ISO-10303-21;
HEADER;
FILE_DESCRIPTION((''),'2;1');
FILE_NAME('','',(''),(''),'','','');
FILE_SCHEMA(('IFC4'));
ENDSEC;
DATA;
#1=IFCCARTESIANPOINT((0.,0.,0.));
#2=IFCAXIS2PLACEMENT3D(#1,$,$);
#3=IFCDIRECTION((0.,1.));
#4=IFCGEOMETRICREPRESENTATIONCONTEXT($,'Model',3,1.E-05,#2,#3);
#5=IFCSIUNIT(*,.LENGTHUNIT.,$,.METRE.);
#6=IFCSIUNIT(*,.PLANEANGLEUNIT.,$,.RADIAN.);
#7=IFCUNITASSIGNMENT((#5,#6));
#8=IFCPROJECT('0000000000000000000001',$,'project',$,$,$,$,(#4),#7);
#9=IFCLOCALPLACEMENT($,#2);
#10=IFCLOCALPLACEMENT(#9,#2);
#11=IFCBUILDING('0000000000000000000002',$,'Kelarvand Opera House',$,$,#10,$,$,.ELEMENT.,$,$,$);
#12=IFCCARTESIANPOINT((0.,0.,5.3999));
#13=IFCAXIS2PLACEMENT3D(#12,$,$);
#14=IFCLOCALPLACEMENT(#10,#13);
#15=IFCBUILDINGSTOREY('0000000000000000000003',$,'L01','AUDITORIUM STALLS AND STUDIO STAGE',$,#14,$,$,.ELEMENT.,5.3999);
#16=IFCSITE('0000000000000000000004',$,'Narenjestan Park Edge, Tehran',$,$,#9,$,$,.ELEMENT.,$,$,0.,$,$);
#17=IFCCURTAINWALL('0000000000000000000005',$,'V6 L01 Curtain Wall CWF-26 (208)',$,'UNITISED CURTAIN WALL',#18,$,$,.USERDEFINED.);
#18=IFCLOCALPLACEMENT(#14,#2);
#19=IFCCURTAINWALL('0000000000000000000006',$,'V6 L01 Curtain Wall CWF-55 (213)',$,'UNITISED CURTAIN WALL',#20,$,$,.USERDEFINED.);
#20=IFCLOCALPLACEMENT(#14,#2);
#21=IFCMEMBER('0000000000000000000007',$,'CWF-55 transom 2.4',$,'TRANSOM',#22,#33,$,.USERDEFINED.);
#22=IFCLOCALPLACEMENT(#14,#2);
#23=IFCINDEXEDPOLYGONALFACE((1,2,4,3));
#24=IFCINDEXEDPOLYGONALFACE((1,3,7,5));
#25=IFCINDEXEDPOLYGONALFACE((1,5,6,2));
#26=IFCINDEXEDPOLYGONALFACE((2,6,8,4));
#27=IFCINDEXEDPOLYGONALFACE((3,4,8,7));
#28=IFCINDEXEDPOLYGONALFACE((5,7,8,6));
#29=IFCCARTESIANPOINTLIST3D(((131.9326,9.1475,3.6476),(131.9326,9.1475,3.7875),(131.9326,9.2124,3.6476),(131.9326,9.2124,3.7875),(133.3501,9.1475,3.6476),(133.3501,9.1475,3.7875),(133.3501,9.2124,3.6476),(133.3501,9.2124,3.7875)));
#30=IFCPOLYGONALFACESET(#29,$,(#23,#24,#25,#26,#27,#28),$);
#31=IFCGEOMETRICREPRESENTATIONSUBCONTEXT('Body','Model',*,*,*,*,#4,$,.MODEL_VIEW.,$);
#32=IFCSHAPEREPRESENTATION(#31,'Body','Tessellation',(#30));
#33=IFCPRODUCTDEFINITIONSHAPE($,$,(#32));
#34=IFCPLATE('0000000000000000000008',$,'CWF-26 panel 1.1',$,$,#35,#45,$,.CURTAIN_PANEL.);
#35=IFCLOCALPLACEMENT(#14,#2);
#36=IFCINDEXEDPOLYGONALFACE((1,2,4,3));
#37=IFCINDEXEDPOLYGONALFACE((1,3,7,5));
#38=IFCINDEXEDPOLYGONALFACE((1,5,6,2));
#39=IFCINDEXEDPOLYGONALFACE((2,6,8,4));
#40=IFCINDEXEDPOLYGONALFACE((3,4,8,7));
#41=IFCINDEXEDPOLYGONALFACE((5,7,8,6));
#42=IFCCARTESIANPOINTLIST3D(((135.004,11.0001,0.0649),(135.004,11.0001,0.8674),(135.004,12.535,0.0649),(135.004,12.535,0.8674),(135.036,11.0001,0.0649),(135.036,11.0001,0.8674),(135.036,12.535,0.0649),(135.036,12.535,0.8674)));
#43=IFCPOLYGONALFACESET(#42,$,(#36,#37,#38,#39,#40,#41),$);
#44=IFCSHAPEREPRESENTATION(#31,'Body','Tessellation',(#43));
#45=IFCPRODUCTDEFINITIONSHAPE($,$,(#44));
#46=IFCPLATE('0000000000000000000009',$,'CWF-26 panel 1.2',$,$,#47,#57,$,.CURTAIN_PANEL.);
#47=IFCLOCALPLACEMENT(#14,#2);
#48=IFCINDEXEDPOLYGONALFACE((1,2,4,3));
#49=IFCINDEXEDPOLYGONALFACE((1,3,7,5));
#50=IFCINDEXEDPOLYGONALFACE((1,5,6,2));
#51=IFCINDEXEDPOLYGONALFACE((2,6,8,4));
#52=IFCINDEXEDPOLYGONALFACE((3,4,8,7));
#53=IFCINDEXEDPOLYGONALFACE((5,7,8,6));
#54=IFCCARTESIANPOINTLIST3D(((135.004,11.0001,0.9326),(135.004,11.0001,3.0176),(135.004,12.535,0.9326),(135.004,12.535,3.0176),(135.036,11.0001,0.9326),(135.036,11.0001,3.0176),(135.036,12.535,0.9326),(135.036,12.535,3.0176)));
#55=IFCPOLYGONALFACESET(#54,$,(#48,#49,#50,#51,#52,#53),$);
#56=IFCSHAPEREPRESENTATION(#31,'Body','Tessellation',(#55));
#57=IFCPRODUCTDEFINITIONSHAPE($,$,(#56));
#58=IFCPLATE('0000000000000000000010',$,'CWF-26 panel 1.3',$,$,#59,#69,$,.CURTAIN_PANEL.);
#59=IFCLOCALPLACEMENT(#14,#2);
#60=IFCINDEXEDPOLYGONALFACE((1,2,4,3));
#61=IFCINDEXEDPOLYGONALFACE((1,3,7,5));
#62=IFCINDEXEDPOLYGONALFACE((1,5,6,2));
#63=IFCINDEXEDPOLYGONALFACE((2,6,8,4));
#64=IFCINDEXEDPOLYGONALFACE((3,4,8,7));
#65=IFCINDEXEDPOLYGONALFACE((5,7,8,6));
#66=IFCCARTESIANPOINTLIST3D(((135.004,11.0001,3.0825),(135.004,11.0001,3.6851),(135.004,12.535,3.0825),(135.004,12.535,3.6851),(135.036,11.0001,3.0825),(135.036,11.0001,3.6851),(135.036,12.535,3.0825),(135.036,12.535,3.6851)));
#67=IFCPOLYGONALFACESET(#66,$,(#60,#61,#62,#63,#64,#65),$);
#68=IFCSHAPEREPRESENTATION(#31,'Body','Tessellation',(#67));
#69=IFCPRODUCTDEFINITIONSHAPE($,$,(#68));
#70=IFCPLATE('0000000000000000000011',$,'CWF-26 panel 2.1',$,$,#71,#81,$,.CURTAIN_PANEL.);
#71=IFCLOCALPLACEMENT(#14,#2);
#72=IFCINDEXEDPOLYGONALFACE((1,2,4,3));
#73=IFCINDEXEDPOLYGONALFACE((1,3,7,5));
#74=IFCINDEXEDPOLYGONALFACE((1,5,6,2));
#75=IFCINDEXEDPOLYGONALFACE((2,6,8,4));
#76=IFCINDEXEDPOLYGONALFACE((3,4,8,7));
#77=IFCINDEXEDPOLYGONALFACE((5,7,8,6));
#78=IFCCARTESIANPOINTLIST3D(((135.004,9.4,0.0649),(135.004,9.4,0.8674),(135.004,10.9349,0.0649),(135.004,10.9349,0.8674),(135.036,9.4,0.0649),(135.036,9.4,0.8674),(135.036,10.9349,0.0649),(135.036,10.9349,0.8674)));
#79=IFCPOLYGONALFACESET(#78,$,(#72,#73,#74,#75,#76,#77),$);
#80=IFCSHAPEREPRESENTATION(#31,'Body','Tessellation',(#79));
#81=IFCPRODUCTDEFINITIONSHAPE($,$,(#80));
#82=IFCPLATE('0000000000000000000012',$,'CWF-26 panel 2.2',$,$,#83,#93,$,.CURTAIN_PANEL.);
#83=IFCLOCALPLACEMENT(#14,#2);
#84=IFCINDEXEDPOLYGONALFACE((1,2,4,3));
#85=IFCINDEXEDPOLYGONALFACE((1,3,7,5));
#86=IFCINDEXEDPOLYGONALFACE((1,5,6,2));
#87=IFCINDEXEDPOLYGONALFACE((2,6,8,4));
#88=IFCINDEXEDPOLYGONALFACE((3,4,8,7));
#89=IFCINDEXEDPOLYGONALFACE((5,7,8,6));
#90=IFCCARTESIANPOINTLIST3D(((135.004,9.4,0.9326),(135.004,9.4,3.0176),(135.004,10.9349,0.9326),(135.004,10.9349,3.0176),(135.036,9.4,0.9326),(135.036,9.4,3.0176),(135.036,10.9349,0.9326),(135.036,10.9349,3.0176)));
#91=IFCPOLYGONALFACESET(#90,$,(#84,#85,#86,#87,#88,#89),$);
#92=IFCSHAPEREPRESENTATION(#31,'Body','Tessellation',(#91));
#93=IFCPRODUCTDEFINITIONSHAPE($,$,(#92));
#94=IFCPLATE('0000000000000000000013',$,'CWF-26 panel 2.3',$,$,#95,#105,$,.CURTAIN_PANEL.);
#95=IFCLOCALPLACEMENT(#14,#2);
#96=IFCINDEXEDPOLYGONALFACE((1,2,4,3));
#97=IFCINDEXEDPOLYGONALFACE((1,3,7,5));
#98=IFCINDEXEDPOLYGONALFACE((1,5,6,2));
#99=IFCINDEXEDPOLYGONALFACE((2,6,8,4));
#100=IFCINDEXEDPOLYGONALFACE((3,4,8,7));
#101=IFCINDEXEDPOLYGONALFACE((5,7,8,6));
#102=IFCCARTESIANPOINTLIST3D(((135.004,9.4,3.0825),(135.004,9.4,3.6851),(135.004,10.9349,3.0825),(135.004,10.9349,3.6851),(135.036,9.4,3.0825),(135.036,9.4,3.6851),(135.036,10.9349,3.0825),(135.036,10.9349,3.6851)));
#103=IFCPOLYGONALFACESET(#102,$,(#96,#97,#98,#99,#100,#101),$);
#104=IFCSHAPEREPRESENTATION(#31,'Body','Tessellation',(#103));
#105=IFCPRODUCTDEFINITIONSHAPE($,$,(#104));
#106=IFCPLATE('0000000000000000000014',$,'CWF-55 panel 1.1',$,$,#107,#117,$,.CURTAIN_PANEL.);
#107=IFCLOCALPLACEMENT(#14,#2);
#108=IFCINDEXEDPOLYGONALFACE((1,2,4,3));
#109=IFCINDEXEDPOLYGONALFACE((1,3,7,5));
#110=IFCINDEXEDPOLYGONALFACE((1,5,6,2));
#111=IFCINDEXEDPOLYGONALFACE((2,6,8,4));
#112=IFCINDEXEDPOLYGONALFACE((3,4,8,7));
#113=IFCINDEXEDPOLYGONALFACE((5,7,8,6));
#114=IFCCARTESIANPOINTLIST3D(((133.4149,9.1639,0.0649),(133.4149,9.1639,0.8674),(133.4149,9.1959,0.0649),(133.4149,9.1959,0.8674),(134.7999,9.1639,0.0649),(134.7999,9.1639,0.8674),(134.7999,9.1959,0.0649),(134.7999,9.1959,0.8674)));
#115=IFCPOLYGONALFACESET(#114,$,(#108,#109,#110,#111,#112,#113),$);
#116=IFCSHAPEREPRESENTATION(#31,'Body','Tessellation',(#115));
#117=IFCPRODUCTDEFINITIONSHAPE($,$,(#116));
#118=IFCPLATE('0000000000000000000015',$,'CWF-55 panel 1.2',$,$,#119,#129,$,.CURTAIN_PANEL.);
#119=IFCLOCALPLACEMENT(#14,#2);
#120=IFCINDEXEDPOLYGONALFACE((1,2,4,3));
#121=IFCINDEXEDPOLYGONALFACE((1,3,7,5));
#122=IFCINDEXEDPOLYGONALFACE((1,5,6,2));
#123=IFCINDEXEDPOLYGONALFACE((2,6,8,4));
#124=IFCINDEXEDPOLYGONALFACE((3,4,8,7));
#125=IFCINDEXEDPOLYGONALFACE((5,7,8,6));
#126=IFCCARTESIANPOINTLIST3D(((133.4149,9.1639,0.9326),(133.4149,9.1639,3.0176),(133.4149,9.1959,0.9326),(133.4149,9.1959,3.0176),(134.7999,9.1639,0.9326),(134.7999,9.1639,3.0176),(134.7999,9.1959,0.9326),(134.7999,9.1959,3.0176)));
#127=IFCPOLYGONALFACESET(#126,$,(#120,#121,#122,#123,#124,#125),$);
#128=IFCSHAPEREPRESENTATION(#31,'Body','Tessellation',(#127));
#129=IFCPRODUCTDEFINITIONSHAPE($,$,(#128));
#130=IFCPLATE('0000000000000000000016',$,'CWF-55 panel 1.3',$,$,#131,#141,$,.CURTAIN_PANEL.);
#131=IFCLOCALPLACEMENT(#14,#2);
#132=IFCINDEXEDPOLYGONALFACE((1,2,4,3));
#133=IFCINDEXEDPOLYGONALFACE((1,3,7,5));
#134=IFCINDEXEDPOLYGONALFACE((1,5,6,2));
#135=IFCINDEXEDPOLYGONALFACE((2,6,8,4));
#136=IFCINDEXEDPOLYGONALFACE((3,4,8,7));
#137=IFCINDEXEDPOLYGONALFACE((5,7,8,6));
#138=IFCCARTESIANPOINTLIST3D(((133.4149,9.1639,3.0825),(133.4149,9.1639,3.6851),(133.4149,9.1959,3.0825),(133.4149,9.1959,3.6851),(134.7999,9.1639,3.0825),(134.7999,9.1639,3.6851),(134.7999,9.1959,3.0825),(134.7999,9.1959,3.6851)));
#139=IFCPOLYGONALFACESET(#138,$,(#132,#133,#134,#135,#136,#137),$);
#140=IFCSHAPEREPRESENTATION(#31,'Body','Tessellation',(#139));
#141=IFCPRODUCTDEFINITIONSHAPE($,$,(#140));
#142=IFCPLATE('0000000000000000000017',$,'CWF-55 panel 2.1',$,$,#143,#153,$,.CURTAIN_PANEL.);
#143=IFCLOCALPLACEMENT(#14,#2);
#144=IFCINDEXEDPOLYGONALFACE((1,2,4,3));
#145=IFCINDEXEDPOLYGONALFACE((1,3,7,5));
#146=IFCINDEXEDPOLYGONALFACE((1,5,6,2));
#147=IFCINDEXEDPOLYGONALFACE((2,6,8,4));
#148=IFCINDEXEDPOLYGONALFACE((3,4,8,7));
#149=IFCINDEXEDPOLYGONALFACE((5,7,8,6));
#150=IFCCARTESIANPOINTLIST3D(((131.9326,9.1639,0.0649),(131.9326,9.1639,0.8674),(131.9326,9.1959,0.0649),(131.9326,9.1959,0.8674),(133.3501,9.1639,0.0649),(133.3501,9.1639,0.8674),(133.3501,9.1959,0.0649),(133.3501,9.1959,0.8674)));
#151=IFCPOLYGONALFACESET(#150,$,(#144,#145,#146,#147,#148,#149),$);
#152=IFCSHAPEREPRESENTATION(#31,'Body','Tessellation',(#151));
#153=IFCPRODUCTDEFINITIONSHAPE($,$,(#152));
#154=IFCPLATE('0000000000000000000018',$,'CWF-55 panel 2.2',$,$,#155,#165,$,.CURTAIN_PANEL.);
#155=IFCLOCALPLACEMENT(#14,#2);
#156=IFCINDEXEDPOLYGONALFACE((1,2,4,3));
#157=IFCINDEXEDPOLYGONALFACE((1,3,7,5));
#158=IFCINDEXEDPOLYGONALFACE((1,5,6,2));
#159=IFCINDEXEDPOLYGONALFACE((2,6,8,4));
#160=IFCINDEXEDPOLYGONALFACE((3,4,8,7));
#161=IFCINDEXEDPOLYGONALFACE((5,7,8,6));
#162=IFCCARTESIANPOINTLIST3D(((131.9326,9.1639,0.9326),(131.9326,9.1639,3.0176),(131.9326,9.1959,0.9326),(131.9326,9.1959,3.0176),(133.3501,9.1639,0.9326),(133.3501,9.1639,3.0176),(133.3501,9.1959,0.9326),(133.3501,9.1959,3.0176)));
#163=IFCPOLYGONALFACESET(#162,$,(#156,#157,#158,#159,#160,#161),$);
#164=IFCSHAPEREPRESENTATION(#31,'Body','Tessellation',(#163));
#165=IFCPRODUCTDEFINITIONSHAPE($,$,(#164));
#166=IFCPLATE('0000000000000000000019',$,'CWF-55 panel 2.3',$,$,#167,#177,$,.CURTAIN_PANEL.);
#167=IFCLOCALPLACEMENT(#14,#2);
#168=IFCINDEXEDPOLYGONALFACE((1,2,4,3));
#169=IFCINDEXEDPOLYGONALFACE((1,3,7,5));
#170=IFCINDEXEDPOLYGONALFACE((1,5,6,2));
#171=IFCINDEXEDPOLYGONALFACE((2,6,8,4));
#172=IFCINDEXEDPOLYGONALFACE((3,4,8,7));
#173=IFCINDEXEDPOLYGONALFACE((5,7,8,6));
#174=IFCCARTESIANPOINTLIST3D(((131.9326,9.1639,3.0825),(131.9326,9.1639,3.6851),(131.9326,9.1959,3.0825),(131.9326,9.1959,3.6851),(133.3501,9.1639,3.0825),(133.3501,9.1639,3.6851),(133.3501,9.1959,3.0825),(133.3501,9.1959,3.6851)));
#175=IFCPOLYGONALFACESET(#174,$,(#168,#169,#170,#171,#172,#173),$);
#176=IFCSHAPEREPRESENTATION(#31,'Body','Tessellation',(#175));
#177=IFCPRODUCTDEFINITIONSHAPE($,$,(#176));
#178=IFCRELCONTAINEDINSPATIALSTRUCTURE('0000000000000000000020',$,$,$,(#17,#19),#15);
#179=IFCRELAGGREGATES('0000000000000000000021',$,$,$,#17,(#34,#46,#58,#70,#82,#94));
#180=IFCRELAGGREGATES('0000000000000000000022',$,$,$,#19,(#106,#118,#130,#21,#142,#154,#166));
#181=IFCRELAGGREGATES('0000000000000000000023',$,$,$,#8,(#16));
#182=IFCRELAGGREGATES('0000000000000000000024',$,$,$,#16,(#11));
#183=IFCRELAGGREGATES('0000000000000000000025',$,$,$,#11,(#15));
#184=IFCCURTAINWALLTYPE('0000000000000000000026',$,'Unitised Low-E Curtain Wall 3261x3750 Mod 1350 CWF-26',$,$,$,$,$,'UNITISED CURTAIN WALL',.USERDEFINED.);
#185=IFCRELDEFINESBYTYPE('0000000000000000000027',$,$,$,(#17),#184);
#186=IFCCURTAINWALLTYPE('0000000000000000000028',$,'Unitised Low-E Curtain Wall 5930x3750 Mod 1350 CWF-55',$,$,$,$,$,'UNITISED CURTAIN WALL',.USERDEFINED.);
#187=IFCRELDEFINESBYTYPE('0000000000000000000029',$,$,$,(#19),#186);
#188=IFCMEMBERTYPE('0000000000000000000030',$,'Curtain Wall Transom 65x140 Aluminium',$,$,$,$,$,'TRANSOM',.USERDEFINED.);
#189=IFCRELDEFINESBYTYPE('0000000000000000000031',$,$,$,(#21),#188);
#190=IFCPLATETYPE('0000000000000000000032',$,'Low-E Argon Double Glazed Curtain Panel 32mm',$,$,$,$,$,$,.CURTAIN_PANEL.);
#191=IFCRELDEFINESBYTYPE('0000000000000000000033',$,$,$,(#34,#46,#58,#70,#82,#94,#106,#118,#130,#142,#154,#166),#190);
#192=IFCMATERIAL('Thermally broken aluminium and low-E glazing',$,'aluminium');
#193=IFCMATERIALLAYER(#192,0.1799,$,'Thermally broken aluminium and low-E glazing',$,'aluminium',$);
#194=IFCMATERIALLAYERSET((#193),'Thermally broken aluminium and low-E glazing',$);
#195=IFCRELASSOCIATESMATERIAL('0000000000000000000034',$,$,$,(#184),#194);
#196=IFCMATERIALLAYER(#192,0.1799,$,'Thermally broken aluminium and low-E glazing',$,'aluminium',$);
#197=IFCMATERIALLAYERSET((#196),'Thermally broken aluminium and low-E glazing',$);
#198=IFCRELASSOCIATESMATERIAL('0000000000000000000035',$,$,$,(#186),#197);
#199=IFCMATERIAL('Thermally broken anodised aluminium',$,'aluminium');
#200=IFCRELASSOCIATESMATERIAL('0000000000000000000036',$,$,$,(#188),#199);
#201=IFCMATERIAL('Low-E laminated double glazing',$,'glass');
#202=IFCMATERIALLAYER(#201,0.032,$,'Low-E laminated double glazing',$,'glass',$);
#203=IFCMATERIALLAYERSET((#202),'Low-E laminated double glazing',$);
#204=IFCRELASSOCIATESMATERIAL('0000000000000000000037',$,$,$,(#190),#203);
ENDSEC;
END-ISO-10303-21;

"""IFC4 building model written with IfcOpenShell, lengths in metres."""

from ifc_helpers import new_model, si_unit, direction, frame, origin, origin_2d, place, context, subcontext, project, spatial, rectangle, extrude, material, layer, layer_set, material_profile, profile_set, type_object, element, aggregate, save


model = new_model("IFC4")

# Units and contexts
model_context = context("Model", 3, precision=1e-05, world=origin(), true_north=direction((0.0, 1.0)))
body_context = subcontext(model_context, "Body", "Model", "MODEL_VIEW")
ifc_project = project(units=[si_unit("LENGTHUNIT", "METRE"), si_unit("PLANEANGLEUNIT", "RADIAN")], contexts=[model_context])

# Site, building, storey
site_placement = place(None, origin())
site = spatial("IfcSite", under=ifc_project, at=site_placement, Name="Narenjestan Park Edge, Tehran", CompositionType="ELEMENT", RefElevation=0.0)
building_placement = place(site_placement, origin())
building = spatial("IfcBuilding", under=site, at=building_placement, Name="Kelarvand Opera House", CompositionType="ELEMENT")
storey_placement = place(building_placement, frame((0.0, 0.0, 5.3999)))
storey = spatial("IfcBuildingStorey", under=building, at=storey_placement, Name="L01", Description="AUDITORIUM STALLS AND STUDIO STAGE", CompositionType="ELEMENT", Elevation=5.3999)

# Curtain walls
ifc_material_1 = material(Name="Thermally broken aluminium and low-E glazing", Category="aluminium")
ifc_layer_1 = layer(ifc_material_1, 0.1799, Name="Thermally broken aluminium and low-E glazing", Category="aluminium")
ifc_layer_set_1 = layer_set([ifc_layer_1], Name="Thermally broken aluminium and low-E glazing")
curtain_wall_type_1 = type_object("IfcCurtainWallType", Name="Unitised Low-E Curtain Wall 3261x3750 Mod 1350 CWF-26", ElementType="UNITISED CURTAIN WALL", PredefinedType="USERDEFINED", material=ifc_layer_set_1)
curtain_wall_1_placement = place(storey_placement, origin())
curtain_wall_1 = element("IfcCurtainWall", 1, at=curtain_wall_1_placement, inside=storey, type_object=curtain_wall_type_1, Name="V6 L01 Curtain Wall CWF-26 (208)", ObjectType="UNITISED CURTAIN WALL", PredefinedType="USERDEFINED")
ifc_material_2 = material(Name="Thermally broken anodised aluminium", Category="aluminium")
ifc_layer_2 = layer(ifc_material_1, 0.1799, Name="Thermally broken aluminium and low-E glazing", Category="aluminium")
ifc_layer_set_2 = layer_set([ifc_layer_2], Name="Thermally broken aluminium and low-E glazing")
curtain_wall_type_2 = type_object("IfcCurtainWallType", Name="Unitised Low-E Curtain Wall 5930x3750 Mod 1350 CWF-55", ElementType="UNITISED CURTAIN WALL", PredefinedType="USERDEFINED", material=ifc_layer_set_2)
curtain_wall_2_placement = place(storey_placement, origin())
curtain_wall_2 = element("IfcCurtainWall", 2, at=curtain_wall_2_placement, inside=storey, type_object=curtain_wall_type_2, Name="V6 L01 Curtain Wall CWF-55 (213)", ObjectType="UNITISED CURTAIN WALL", PredefinedType="USERDEFINED")

# Member
ifc_material_profile_1 = material_profile(ifc_material_2, rectangle(XDim=0.0649, YDim=0.1399, at=origin_2d()), Name="ALU TRANSOM 65x140", Category="aluminium")
ifc_profile_set_1 = profile_set([ifc_material_profile_1], Name="Thermally broken anodised aluminium")
member_type_1 = type_object("IfcMemberType", Name="Curtain Wall Transom 65x140 Aluminium", ElementType="TRANSOM", PredefinedType="USERDEFINED", material=ifc_profile_set_1)
member_1_placement = place(storey_placement, frame((133.3501, 9.1799, 3.7175), z_axis=(-1.0, 0.0, 0.0), x_axis=(0.0, -1.0, 0.0)))
member_1 = element("IfcMember", 3, at=member_1_placement, type_object=member_type_1, Name="CWF-55 transom 2.4", ObjectType="TRANSOM", PredefinedType="USERDEFINED", context=body_context, shape_type="SweptSolid", body=[
    extrude(rectangle(XDim=0.0649, YDim=0.1399, at=origin_2d()), origin(), (0.0, 0.0, 1.0), 1.4175),
])

# Plates
ifc_material_3 = material(Name="Low-E laminated double glazing", Category="glass")
ifc_layer_3 = layer(ifc_material_3, 0.032, Name="Low-E laminated double glazing", Category="glass")
ifc_layer_set_3 = layer_set([ifc_layer_3], Name="Low-E laminated double glazing")
plate_type = type_object("IfcPlateType", Name="Low-E Argon Double Glazed Curtain Panel 32mm", PredefinedType="CURTAIN_PANEL", material=ifc_layer_set_3)
plate_1_placement = place(storey_placement, frame((135.02, 11.7676, 0.0649), z_axis=(0.0, 0.0, 1.0), x_axis=(0.0, -1.0, 0.0)))
plate_1 = element("IfcPlate", 4, at=plate_1_placement, type_object=plate_type, Name="CWF-26 panel 1.1", PredefinedType="CURTAIN_PANEL", context=body_context, shape_type="SweptSolid", body=[
    extrude(rectangle(XDim=1.5349, YDim=0.032, at=origin_2d()), origin(), (0.0, 0.0, 1.0), 0.8025),
])
plate_2_placement = place(storey_placement, frame((135.02, 11.7676, 0.9326), z_axis=(0.0, 0.0, 1.0), x_axis=(0.0, -1.0, 0.0)))
plate_2 = element("IfcPlate", 5, at=plate_2_placement, type_object=plate_type, Name="CWF-26 panel 1.2", PredefinedType="CURTAIN_PANEL", context=body_context, shape_type="SweptSolid", body=[
    extrude(rectangle(XDim=1.5349, YDim=0.032, at=origin_2d()), origin(), (0.0, 0.0, 1.0), 2.085),
])
plate_3_placement = place(storey_placement, frame((135.02, 11.7676, 3.0825), z_axis=(0.0, 0.0, 1.0), x_axis=(0.0, -1.0, 0.0)))
plate_3 = element("IfcPlate", 6, at=plate_3_placement, type_object=plate_type, Name="CWF-26 panel 1.3", PredefinedType="CURTAIN_PANEL", context=body_context, shape_type="SweptSolid", body=[
    extrude(rectangle(XDim=1.5349, YDim=0.032, at=origin_2d()), origin(), (0.0, 0.0, 1.0), 0.6025),
])
plate_4_placement = place(storey_placement, frame((135.02, 10.1675, 0.0649), z_axis=(0.0, 0.0, 1.0), x_axis=(0.0, -1.0, 0.0)))
plate_4 = element("IfcPlate", 7, at=plate_4_placement, type_object=plate_type, Name="CWF-26 panel 2.1", PredefinedType="CURTAIN_PANEL", context=body_context, shape_type="SweptSolid", body=[
    extrude(rectangle(XDim=1.5349, YDim=0.032, at=origin_2d()), origin(), (0.0, 0.0, 1.0), 0.8025),
])
plate_5_placement = place(storey_placement, frame((135.02, 10.1675, 0.9326), z_axis=(0.0, 0.0, 1.0), x_axis=(0.0, -1.0, 0.0)))
plate_5 = element("IfcPlate", 8, at=plate_5_placement, type_object=plate_type, Name="CWF-26 panel 2.2", PredefinedType="CURTAIN_PANEL", context=body_context, shape_type="SweptSolid", body=[
    extrude(rectangle(XDim=1.5349, YDim=0.032, at=origin_2d()), origin(), (0.0, 0.0, 1.0), 2.085),
])
plate_6_placement = place(storey_placement, frame((135.02, 10.1675, 3.0825), z_axis=(0.0, 0.0, 1.0), x_axis=(0.0, -1.0, 0.0)))
plate_6 = element("IfcPlate", 9, at=plate_6_placement, type_object=plate_type, Name="CWF-26 panel 2.3", PredefinedType="CURTAIN_PANEL", context=body_context, shape_type="SweptSolid", body=[
    extrude(rectangle(XDim=1.5349, YDim=0.032, at=origin_2d()), origin(), (0.0, 0.0, 1.0), 0.6025),
])
aggregate(curtain_wall_1, [plate_1, plate_2, plate_3, plate_4, plate_5, plate_6])
plate_7_placement = place(storey_placement, frame((134.1074, 9.1799, 0.0649), z_axis=(0.0, 0.0, 1.0), x_axis=(-1.0, 0.0, 0.0)))
plate_7 = element("IfcPlate", 10, at=plate_7_placement, type_object=plate_type, Name="CWF-55 panel 1.1", PredefinedType="CURTAIN_PANEL", context=body_context, shape_type="SweptSolid", body=[
    extrude(rectangle(XDim=1.385, YDim=0.032, at=origin_2d()), origin(), (0.0, 0.0, 1.0), 0.8025),
])
plate_8_placement = place(storey_placement, frame((134.1074, 9.1799, 0.9326), z_axis=(0.0, 0.0, 1.0), x_axis=(-1.0, 0.0, 0.0)))
plate_8 = element("IfcPlate", 11, at=plate_8_placement, type_object=plate_type, Name="CWF-55 panel 1.2", PredefinedType="CURTAIN_PANEL", context=body_context, shape_type="SweptSolid", body=[
    extrude(rectangle(XDim=1.385, YDim=0.032, at=origin_2d()), origin(), (0.0, 0.0, 1.0), 2.085),
])
plate_9_placement = place(storey_placement, frame((134.1074, 9.1799, 3.0825), z_axis=(0.0, 0.0, 1.0), x_axis=(-1.0, 0.0, 0.0)))
plate_9 = element("IfcPlate", 12, at=plate_9_placement, type_object=plate_type, Name="CWF-55 panel 1.3", PredefinedType="CURTAIN_PANEL", context=body_context, shape_type="SweptSolid", body=[
    extrude(rectangle(XDim=1.385, YDim=0.032, at=origin_2d()), origin(), (0.0, 0.0, 1.0), 0.6025),
])
plate_10_placement = place(storey_placement, frame((132.6414, 9.1799, 0.0649), z_axis=(0.0, 0.0, 1.0), x_axis=(-1.0, 0.0, 0.0)))
plate_10 = element("IfcPlate", 13, at=plate_10_placement, type_object=plate_type, Name="CWF-55 panel 2.1", PredefinedType="CURTAIN_PANEL", context=body_context, shape_type="SweptSolid", body=[
    extrude(rectangle(XDim=1.4175, YDim=0.032, at=origin_2d()), origin(), (0.0, 0.0, 1.0), 0.8025),
])
plate_11_placement = place(storey_placement, frame((132.6414, 9.1799, 0.9326), z_axis=(0.0, 0.0, 1.0), x_axis=(-1.0, 0.0, 0.0)))
plate_11 = element("IfcPlate", 14, at=plate_11_placement, type_object=plate_type, Name="CWF-55 panel 2.2", PredefinedType="CURTAIN_PANEL", context=body_context, shape_type="SweptSolid", body=[
    extrude(rectangle(XDim=1.4175, YDim=0.032, at=origin_2d()), origin(), (0.0, 0.0, 1.0), 2.085),
])
plate_12_placement = place(storey_placement, frame((132.6414, 9.1799, 3.0825), z_axis=(0.0, 0.0, 1.0), x_axis=(-1.0, 0.0, 0.0)))
plate_12 = element("IfcPlate", 15, at=plate_12_placement, type_object=plate_type, Name="CWF-55 panel 2.3", PredefinedType="CURTAIN_PANEL", context=body_context, shape_type="SweptSolid", body=[
    extrude(rectangle(XDim=1.4175, YDim=0.032, at=origin_2d()), origin(), (0.0, 0.0, 1.0), 0.6025),
])
aggregate(curtain_wall_2, [plate_7, plate_8, plate_9, member_1, plate_10, plate_11, plate_12])

save(model, "model.ifc")
